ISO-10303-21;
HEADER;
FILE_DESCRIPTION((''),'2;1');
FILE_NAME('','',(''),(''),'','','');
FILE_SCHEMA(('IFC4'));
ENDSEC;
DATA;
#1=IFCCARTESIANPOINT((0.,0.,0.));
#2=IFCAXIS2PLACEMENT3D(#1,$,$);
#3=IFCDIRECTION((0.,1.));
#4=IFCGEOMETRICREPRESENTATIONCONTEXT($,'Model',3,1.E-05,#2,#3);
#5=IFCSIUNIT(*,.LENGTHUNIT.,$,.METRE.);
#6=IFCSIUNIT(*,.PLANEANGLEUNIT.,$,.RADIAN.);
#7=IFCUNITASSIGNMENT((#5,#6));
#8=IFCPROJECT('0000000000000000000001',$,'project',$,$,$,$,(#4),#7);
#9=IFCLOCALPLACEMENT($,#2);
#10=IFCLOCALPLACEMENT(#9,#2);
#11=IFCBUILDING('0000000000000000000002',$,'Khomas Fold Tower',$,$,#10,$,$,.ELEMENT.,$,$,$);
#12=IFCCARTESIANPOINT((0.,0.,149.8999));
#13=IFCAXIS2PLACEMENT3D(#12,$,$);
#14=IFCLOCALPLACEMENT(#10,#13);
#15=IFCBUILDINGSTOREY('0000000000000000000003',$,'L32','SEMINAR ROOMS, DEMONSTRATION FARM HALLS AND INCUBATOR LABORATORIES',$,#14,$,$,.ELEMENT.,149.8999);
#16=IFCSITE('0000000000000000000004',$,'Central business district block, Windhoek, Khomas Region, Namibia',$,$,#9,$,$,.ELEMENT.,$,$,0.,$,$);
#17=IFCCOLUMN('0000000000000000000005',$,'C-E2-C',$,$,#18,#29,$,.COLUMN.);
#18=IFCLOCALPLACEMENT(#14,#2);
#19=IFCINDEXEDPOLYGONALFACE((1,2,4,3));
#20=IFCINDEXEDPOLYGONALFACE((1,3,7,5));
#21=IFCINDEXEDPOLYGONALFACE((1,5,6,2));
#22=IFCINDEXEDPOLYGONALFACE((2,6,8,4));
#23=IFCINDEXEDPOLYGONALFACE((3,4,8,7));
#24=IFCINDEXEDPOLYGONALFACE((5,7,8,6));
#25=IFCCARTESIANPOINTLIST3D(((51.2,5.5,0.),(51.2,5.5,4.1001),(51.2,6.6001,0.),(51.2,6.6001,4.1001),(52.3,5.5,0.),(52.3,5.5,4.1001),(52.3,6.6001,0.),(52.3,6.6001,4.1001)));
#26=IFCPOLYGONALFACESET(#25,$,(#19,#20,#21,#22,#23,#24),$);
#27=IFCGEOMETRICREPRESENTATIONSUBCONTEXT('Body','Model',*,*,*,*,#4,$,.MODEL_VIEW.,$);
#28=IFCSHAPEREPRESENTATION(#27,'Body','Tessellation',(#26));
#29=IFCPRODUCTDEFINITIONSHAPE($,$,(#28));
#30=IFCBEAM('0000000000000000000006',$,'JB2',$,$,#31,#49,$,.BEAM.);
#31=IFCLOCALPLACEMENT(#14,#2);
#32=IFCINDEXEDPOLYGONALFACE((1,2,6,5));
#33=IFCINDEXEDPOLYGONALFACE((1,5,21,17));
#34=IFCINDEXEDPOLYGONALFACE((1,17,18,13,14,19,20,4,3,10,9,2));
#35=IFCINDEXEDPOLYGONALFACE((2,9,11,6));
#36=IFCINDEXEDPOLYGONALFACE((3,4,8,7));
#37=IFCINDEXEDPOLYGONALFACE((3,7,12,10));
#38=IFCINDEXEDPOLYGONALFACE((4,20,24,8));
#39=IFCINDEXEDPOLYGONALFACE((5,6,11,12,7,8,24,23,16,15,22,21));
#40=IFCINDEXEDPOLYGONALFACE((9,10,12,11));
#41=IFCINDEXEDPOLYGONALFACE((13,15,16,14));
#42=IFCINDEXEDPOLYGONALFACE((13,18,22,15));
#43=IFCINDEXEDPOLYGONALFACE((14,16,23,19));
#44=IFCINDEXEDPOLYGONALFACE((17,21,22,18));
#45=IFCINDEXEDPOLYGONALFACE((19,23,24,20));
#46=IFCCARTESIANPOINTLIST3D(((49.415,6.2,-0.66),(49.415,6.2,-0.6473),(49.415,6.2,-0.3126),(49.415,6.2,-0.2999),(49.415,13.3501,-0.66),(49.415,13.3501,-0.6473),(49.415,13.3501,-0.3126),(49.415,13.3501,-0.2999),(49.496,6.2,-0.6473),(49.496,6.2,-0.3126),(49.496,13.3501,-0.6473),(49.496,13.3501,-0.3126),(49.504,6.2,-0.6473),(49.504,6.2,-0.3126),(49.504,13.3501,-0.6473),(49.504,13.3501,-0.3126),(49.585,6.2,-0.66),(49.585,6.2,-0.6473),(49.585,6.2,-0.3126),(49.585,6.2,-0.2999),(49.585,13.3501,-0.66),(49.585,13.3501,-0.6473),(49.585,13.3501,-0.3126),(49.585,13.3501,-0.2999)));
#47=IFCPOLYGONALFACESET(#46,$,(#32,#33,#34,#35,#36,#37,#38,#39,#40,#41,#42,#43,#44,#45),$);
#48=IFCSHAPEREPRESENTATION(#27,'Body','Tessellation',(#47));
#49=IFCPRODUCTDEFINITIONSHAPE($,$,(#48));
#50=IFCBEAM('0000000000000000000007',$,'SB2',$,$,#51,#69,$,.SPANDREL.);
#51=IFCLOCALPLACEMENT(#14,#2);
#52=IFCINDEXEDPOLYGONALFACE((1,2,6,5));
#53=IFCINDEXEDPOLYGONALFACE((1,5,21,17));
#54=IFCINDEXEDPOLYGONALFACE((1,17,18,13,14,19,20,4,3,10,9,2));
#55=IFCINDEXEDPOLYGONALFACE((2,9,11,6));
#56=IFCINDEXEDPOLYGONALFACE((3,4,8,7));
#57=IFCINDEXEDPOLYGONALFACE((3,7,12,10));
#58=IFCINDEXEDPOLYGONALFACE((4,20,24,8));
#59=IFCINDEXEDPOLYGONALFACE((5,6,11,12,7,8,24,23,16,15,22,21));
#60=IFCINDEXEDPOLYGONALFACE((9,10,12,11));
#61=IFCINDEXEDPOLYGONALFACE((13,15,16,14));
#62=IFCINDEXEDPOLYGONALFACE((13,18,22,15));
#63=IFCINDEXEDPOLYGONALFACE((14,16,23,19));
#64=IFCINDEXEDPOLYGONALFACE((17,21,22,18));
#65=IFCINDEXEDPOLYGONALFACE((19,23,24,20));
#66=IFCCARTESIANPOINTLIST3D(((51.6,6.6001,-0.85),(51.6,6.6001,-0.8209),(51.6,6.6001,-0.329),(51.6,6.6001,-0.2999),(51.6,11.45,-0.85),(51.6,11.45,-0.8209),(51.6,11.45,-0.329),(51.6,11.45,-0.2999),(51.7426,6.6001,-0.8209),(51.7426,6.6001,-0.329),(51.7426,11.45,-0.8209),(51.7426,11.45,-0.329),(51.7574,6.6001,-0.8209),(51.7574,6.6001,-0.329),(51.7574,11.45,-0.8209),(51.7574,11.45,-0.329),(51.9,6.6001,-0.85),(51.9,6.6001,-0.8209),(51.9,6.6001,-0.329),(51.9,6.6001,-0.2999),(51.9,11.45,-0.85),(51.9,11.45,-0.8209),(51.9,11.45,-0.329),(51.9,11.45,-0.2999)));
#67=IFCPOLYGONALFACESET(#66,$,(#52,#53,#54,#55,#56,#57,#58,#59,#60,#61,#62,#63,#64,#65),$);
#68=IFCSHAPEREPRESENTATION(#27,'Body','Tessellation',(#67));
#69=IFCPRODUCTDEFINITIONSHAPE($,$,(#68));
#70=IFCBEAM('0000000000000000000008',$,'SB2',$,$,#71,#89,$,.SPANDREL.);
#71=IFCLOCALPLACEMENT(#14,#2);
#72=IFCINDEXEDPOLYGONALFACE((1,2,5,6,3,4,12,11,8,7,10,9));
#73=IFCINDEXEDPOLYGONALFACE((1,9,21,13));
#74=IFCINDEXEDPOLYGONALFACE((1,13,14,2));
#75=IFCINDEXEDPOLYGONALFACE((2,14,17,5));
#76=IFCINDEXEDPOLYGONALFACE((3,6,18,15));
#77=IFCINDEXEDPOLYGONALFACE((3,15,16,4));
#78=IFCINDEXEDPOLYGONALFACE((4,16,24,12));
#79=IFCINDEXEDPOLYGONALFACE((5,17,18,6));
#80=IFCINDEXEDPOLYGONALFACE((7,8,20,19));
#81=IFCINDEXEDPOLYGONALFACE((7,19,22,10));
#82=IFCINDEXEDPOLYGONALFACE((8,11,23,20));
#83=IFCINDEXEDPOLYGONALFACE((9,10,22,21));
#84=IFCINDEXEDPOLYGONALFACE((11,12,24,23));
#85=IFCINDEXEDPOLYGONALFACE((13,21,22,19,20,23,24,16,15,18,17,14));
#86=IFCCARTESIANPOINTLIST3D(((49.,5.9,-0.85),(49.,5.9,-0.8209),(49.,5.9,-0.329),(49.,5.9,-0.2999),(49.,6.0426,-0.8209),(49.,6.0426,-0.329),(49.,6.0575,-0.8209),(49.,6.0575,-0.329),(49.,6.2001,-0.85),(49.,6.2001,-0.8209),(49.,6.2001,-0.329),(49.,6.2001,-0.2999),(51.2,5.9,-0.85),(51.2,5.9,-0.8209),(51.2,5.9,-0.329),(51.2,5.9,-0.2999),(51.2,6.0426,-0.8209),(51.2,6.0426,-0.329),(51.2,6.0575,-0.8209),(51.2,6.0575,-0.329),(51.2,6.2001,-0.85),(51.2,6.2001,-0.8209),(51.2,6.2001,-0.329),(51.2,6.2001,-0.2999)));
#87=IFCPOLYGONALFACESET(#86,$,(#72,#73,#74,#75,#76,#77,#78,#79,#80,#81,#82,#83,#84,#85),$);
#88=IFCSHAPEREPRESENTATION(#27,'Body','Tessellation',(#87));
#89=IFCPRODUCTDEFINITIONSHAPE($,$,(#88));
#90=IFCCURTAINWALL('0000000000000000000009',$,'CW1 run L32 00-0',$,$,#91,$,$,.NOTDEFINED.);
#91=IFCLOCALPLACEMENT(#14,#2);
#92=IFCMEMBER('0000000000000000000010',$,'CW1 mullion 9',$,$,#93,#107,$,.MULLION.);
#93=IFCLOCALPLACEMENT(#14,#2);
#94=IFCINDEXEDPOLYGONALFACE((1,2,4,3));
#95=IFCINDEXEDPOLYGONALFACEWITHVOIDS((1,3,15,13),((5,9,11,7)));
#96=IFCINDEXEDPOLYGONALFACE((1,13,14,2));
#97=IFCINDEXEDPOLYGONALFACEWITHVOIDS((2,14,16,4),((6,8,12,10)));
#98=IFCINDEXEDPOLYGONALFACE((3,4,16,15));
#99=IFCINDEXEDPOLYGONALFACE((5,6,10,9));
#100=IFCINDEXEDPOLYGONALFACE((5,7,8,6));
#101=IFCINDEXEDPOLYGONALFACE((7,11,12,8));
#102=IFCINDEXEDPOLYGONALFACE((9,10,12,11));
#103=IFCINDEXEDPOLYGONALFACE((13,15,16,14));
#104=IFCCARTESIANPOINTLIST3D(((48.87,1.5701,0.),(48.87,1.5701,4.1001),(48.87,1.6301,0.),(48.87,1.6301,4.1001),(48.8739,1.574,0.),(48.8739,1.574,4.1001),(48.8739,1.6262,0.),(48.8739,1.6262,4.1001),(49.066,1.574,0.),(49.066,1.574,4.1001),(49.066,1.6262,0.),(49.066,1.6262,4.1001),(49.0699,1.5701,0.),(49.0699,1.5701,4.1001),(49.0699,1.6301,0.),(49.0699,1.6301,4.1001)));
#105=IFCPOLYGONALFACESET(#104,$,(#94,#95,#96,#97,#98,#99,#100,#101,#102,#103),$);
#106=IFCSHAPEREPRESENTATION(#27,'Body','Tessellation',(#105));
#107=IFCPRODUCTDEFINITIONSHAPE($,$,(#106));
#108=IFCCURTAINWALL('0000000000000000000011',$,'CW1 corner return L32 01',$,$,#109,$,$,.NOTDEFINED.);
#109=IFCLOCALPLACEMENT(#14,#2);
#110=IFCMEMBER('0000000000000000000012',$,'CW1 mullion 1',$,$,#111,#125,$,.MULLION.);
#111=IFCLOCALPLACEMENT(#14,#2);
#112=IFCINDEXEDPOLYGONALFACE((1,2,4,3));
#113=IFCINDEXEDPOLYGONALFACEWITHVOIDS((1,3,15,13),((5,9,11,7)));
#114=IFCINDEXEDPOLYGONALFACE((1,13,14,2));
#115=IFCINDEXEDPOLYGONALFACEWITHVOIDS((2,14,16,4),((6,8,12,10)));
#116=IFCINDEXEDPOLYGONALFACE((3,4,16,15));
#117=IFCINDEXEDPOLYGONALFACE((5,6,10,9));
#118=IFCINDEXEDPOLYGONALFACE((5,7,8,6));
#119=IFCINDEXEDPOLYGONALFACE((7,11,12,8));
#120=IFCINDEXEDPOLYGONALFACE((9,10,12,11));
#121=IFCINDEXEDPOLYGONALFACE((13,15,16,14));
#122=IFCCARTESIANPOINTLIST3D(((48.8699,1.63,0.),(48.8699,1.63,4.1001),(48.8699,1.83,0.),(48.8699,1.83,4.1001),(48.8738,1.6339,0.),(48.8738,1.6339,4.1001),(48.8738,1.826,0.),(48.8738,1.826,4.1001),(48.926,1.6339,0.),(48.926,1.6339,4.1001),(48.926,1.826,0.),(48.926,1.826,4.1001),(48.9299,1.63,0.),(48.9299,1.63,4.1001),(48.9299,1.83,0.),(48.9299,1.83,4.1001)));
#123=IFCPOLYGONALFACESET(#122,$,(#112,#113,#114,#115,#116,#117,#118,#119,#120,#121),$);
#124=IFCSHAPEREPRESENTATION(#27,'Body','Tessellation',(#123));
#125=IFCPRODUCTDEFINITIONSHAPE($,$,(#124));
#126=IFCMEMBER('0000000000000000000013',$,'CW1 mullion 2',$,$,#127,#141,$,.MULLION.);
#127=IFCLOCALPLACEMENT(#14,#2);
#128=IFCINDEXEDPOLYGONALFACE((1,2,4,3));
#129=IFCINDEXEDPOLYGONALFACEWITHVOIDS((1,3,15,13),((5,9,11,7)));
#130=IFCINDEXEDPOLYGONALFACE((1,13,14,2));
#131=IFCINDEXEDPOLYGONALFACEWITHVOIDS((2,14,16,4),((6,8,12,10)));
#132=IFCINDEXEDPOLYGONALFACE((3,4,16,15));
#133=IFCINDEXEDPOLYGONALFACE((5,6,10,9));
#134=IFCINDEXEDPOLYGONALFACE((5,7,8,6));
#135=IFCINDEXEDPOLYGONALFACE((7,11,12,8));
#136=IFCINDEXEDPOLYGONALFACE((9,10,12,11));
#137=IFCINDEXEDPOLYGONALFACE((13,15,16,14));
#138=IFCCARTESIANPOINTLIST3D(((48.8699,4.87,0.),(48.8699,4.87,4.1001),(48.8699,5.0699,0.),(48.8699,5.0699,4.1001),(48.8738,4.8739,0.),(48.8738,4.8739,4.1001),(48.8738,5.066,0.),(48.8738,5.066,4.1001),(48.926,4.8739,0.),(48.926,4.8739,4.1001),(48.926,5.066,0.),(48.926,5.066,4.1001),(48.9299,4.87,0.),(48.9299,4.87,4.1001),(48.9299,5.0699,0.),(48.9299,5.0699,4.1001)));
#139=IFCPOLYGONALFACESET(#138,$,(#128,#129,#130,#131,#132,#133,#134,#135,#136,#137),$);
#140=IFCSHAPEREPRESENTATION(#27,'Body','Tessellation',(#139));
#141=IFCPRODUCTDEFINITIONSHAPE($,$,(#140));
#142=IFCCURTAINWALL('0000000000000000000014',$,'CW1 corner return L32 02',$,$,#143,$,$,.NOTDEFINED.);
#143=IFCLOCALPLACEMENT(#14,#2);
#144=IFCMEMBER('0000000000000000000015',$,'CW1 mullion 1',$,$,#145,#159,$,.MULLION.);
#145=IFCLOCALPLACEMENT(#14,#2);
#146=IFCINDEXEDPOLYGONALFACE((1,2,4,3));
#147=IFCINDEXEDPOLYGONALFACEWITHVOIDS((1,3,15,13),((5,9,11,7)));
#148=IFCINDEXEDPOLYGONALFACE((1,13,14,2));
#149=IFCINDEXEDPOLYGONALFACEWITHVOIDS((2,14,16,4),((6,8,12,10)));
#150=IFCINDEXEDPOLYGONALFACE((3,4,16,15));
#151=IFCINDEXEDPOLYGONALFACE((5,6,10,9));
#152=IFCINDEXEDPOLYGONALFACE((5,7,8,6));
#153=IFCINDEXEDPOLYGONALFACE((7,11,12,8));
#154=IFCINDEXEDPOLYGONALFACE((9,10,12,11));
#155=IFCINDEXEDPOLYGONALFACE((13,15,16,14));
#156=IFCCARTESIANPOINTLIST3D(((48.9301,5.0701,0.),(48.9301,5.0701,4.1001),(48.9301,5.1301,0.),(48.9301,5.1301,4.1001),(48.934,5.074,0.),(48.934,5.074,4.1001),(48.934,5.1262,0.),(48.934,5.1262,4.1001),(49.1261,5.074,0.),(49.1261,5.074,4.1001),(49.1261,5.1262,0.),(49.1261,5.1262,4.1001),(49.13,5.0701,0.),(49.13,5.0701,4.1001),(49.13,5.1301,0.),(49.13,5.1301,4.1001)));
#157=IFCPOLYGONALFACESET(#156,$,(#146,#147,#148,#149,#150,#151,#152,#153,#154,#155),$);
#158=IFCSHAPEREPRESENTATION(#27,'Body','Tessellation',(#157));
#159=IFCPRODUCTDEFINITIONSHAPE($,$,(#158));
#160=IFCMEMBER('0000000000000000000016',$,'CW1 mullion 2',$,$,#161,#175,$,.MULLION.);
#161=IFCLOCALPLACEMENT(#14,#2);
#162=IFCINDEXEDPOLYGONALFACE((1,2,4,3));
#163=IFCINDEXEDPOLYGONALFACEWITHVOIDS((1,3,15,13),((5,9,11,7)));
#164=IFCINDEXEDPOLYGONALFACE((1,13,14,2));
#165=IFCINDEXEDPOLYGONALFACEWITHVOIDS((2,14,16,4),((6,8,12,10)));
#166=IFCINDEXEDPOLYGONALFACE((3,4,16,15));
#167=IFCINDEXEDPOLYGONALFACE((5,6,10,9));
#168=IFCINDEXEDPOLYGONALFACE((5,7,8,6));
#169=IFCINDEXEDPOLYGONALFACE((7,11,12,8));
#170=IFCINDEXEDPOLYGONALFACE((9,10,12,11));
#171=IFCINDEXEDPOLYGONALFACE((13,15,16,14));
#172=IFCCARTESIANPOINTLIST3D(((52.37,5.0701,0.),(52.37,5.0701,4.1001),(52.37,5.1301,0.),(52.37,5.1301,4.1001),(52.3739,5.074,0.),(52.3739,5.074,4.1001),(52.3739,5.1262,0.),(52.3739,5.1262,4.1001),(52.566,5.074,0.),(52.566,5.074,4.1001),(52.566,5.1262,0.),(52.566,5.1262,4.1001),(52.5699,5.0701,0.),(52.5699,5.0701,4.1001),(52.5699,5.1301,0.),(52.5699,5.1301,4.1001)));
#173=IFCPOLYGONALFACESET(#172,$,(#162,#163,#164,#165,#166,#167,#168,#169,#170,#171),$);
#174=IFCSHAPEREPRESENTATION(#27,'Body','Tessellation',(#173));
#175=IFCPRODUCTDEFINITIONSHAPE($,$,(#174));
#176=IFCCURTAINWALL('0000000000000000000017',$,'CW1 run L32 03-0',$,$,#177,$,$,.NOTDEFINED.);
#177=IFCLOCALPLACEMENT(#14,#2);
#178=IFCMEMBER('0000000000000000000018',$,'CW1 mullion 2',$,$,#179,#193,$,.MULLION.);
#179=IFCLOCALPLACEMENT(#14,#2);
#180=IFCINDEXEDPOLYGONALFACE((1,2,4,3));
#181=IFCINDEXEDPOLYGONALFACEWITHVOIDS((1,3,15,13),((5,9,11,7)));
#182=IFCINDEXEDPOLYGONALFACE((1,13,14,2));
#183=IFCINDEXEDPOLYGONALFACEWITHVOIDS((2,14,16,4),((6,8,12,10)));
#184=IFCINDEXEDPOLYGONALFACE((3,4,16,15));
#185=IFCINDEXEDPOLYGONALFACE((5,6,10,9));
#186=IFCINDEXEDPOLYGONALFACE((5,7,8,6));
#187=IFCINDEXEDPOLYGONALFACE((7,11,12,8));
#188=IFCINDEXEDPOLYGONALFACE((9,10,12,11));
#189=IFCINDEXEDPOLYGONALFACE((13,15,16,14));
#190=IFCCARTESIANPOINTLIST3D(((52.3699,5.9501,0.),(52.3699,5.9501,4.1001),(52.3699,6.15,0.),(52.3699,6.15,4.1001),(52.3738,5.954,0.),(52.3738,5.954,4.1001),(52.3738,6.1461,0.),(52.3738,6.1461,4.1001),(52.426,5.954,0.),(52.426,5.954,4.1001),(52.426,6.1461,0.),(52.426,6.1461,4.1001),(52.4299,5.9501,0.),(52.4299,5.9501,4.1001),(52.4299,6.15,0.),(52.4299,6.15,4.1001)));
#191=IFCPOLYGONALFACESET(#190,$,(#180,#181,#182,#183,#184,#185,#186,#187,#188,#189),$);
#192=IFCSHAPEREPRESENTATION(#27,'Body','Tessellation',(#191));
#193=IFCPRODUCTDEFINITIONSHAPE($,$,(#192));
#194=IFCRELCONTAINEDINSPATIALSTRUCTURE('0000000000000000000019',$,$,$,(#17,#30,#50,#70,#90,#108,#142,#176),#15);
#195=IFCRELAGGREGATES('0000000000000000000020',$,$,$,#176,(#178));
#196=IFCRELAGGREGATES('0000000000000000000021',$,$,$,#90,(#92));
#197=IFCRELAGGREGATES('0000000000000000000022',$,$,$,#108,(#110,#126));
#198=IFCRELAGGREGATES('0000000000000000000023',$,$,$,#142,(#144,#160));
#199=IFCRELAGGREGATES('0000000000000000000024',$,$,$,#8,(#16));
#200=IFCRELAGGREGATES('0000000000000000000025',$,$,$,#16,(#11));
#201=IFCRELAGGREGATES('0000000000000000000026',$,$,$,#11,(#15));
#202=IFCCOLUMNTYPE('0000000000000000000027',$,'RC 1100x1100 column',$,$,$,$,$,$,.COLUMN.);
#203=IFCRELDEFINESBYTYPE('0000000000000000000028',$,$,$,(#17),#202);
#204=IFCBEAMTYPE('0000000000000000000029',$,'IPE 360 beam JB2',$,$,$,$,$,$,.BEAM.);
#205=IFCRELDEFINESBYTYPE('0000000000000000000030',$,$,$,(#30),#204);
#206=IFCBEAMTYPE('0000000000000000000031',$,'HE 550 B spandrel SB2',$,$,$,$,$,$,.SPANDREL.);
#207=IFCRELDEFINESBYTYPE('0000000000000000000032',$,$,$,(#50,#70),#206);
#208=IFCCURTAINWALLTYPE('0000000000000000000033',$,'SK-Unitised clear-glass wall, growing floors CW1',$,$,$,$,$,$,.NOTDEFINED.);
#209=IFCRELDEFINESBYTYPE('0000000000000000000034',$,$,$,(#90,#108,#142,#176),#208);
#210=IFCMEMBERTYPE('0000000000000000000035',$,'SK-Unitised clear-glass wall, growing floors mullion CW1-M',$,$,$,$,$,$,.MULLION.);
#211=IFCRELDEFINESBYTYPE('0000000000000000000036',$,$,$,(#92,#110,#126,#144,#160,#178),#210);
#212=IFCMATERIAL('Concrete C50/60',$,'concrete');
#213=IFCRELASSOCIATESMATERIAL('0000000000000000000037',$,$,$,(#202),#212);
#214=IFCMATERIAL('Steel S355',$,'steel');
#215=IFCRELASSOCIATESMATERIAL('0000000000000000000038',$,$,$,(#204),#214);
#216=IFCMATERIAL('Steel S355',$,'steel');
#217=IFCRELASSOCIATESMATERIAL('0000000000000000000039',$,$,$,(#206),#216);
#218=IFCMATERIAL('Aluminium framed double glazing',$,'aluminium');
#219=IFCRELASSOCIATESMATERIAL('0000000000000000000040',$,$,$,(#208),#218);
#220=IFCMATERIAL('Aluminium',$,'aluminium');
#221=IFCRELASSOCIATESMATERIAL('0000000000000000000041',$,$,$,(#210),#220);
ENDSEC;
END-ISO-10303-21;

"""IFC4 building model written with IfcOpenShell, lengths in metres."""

from ifc_helpers import new_model, si_unit, direction, frame, origin, origin_2d, place, context, subcontext, project, spatial, rectangle, hollow_rectangle, i_section, extrude, source, transform, mapped, material, material_profile, profile_set, type_object, element, aggregate, save


model = new_model("IFC4")

# Units and contexts
model_context = context("Model", 3, precision=1e-05, world=origin(), true_north=direction((0.0, 1.0)))
body_context = subcontext(model_context, "Body", "Model", "MODEL_VIEW")
ifc_project = project(units=[si_unit("LENGTHUNIT", "METRE"), si_unit("PLANEANGLEUNIT", "RADIAN")], contexts=[model_context])

# Site, building, storey
site_placement = place(None, origin())
site = spatial("IfcSite", under=ifc_project, at=site_placement, Name="Central business district block, Windhoek, Khomas Region, Namibia", CompositionType="ELEMENT", RefElevation=0.0)
building_placement = place(site_placement, origin())
building = spatial("IfcBuilding", under=site, at=building_placement, Name="Khomas Fold Tower", CompositionType="ELEMENT")
storey_placement = place(building_placement, frame((0.0, 0.0, 149.8999)))
storey = spatial("IfcBuildingStorey", under=building, at=storey_placement, Name="L32", Description="SEMINAR ROOMS, DEMONSTRATION FARM HALLS AND INCUBATOR LABORATORIES", CompositionType="ELEMENT", Elevation=149.8999)

# Column
ifc_material_1 = material(Name="Concrete C50/60", Category="concrete")
ifc_material_profile_1 = material_profile(ifc_material_1, rectangle(XDim=1.1001, YDim=1.1001, at=origin_2d()), Name="RC 1100x1100")
ifc_profile_set_1 = profile_set([ifc_material_profile_1], Name="Concrete C50/60")
column_type = type_object("IfcColumnType", Name="RC 1100x1100 column", PredefinedType="COLUMN", material=ifc_profile_set_1)
shared_shape_1 = source(origin(), body_context, "Body", "SweptSolid", [
    extrude(rectangle(XDim=1.1001, YDim=1.1001, at=origin_2d()), origin(), (0.0, 0.0, 1.0), 4.1001),
])
column_placement = place(storey_placement, frame((51.75, 6.05, 0.0), z_axis=(0.0, 0.0, 1.0), x_axis=(1.0, 0.0, 0.0)))
element("IfcColumn", 1, at=column_placement, inside=storey, type_object=column_type, Name="C-E2-C", PredefinedType="COLUMN", context=body_context, shape_type="MappedRepresentation", body=[
    mapped(shared_shape_1, transform((0.0, 0.0, 0.0))),
])

# Beams
ifc_material_2 = material(Name="Steel S355", Category="steel")
ifc_material_profile_2 = material_profile(ifc_material_2, i_section(OverallWidth=0.1699, OverallDepth=0.3601, WebThickness=0.0081, FlangeThickness=0.0127, at=origin_2d()), Name="IPE 360")
ifc_profile_set_2 = profile_set([ifc_material_profile_2], Name="Steel S355")
beam_type_1 = type_object("IfcBeamType", Name="IPE 360 beam JB2", PredefinedType="BEAM", material=ifc_profile_set_2)
shared_shape_2 = source(origin(), body_context, "Body", "SweptSolid", [
    extrude(i_section(OverallWidth=0.1699, OverallDepth=0.3601, WebThickness=0.0081, FlangeThickness=0.0127, at=origin_2d()), origin(), (0.0, 0.0, 1.0), 7.1501),
])
beam_1_placement = place(storey_placement, frame((49.5, 6.2, -0.48), z_axis=(0.0, 1.0, 0.0), x_axis=(-1.0, 0.0, 0.0)))
element("IfcBeam", 2, at=beam_1_placement, inside=storey, type_object=beam_type_1, Name="JB2", PredefinedType="BEAM", context=body_context, shape_type="MappedRepresentation", body=[
    mapped(shared_shape_2, transform((0.0, 0.0, 0.0))),
])
ifc_material_3 = material(Name="Steel S355", Category="steel")
ifc_material_profile_3 = material_profile(ifc_material_3, i_section(OverallWidth=0.3, OverallDepth=0.55, WebThickness=0.0149, FlangeThickness=0.0291, at=origin_2d()), Name="HE 550 B")
ifc_profile_set_3 = profile_set([ifc_material_profile_3], Name="Steel S355")
beam_type_2 = type_object("IfcBeamType", Name="HE 550 B spandrel SB2", PredefinedType="SPANDREL", material=ifc_profile_set_3)
shared_shape_3 = source(origin(), body_context, "Body", "SweptSolid", [
    extrude(i_section(OverallWidth=0.3, OverallDepth=0.55, WebThickness=0.0149, FlangeThickness=0.0291, at=origin_2d()), origin(), (0.0, 0.0, 1.0), 4.8499),
])
beam_2_placement = place(storey_placement, frame((51.75, 6.6001, -0.575), z_axis=(0.0, 1.0, 0.0), x_axis=(-1.0, 0.0, 0.0)))
element("IfcBeam", 3, at=beam_2_placement, inside=storey, type_object=beam_type_2, Name="SB2", PredefinedType="SPANDREL", context=body_context, shape_type="MappedRepresentation", body=[
    mapped(shared_shape_3, transform((0.0, 0.0, 0.0))),
])
shared_shape_4 = source(origin(), body_context, "Body", "SweptSolid", [
    extrude(i_section(OverallWidth=0.3, OverallDepth=0.55, WebThickness=0.0149, FlangeThickness=0.0291, at=origin_2d()), origin(), (0.0, 0.0, 1.0), 2.2),
])
beam_3_placement = place(storey_placement, frame((49.0, 6.05, -0.575), z_axis=(1.0, 0.0, 0.0), x_axis=(0.0, 1.0, 0.0)))
element("IfcBeam", 4, at=beam_3_placement, inside=storey, type_object=beam_type_2, Name="SB2", PredefinedType="SPANDREL", context=body_context, shape_type="MappedRepresentation", body=[
    mapped(shared_shape_4, transform((0.0, 0.0, 0.0))),
])

# Curtain wall, member
ifc_material_4 = material(Name="Aluminium framed double glazing", Category="aluminium")
curtain_wall_type = type_object("IfcCurtainWallType", Name="SK-Unitised clear-glass wall, growing floors CW1", PredefinedType="NOTDEFINED", material=ifc_material_4)
curtain_wall_1_placement = place(storey_placement, origin())
curtain_wall_1 = element("IfcCurtainWall", 5, at=curtain_wall_1_placement, inside=storey, type_object=curtain_wall_type, Name="CW1 run L32 00-0", PredefinedType="NOTDEFINED")
ifc_material_5 = material(Name="Aluminium", Category="aluminium")
ifc_material_profile_4 = material_profile(ifc_material_5, hollow_rectangle(XDim=0.0601, YDim=0.2, WallThickness=0.0039, at=origin_2d()), Name="SK-Unitised clear-glass wall, growing floors mullion CW1-M")
ifc_profile_set_4 = profile_set([ifc_material_profile_4], Name="Aluminium")
member_type_1 = type_object("IfcMemberType", Name="SK-Unitised clear-glass wall, growing floors mullion CW1-M", PredefinedType="MULLION", material=ifc_profile_set_4)
shared_shape_5 = source(origin(), body_context, "Body", "SweptSolid", [
    extrude(hollow_rectangle(XDim=0.0601, YDim=0.2, WallThickness=0.0039, at=origin_2d()), origin(), (0.0, 0.0, 1.0), 4.1001),
])
member_1_placement = place(storey_placement, frame((48.97, 1.6001, 0.0), z_axis=(0.0, 0.0, 1.0), x_axis=(0.0, 1.0, 0.0)))
member_1 = element("IfcMember", 6, at=member_1_placement, type_object=member_type_1, Name="CW1 mullion 9", PredefinedType="MULLION", context=body_context, shape_type="MappedRepresentation", body=[
    mapped(shared_shape_5, transform((0.0, 0.0, 0.0))),
])

# Curtain walls, members
curtain_wall_2_placement = place(storey_placement, origin())
curtain_wall_2 = element("IfcCurtainWall", 7, at=curtain_wall_2_placement, inside=storey, type_object=curtain_wall_type, Name="CW1 corner return L32 01", PredefinedType="NOTDEFINED")
member_2_placement = place(storey_placement, frame((48.8999, 1.73, 0.0), z_axis=(0.0, 0.0, 1.0), x_axis=(-1.0, 0.0, 0.0)))
member_2 = element("IfcMember", 8, at=member_2_placement, type_object=member_type_1, Name="CW1 mullion 1", PredefinedType="MULLION", context=body_context, shape_type="MappedRepresentation", body=[
    mapped(shared_shape_5, transform((0.0, 0.0, 0.0))),
])
member_3_placement = place(storey_placement, frame((48.8999, 4.97, 0.0), z_axis=(0.0, 0.0, 1.0), x_axis=(-1.0, 0.0, 0.0)))
member_3 = element("IfcMember", 9, at=member_3_placement, type_object=member_type_1, Name="CW1 mullion 2", PredefinedType="MULLION", context=body_context, shape_type="MappedRepresentation", body=[
    mapped(shared_shape_5, transform((0.0, 0.0, 0.0))),
])
curtain_wall_3_placement = place(storey_placement, origin())
curtain_wall_3 = element("IfcCurtainWall", 10, at=curtain_wall_3_placement, inside=storey, type_object=curtain_wall_type, Name="CW1 corner return L32 02", PredefinedType="NOTDEFINED")
member_4_placement = place(storey_placement, frame((49.03, 5.1001, 0.0), z_axis=(0.0, 0.0, 1.0), x_axis=(0.0, 1.0, 0.0)))
member_4 = element("IfcMember", 11, at=member_4_placement, type_object=member_type_1, Name="CW1 mullion 1", PredefinedType="MULLION", context=body_context, shape_type="MappedRepresentation", body=[
    mapped(shared_shape_5, transform((0.0, 0.0, 0.0))),
])
member_5_placement = place(storey_placement, frame((52.47, 5.1001, 0.0), z_axis=(0.0, 0.0, 1.0), x_axis=(0.0, 1.0, 0.0)))
member_5 = element("IfcMember", 12, at=member_5_placement, type_object=member_type_1, Name="CW1 mullion 2", PredefinedType="MULLION", context=body_context, shape_type="MappedRepresentation", body=[
    mapped(shared_shape_5, transform((0.0, 0.0, 0.0))),
])
curtain_wall_4_placement = place(storey_placement, origin())
curtain_wall_4 = element("IfcCurtainWall", 13, at=curtain_wall_4_placement, inside=storey, type_object=curtain_wall_type, Name="CW1 run L32 03-0", PredefinedType="NOTDEFINED")
member_6_placement = place(storey_placement, frame((52.3999, 6.05, 0.0), z_axis=(0.0, 0.0, 1.0), x_axis=(-1.0, 0.0, 0.0)))
member_6 = element("IfcMember", 14, at=member_6_placement, type_object=member_type_1, Name="CW1 mullion 2", PredefinedType="MULLION", context=body_context, shape_type="MappedRepresentation", body=[
    mapped(shared_shape_5, transform((0.0, 0.0, 0.0))),
])

aggregate(curtain_wall_4, [member_6])
aggregate(curtain_wall_1, [member_1])
aggregate(curtain_wall_2, [member_2, member_3])
aggregate(curtain_wall_3, [member_4, member_5])

save(model, "model.ifc")
